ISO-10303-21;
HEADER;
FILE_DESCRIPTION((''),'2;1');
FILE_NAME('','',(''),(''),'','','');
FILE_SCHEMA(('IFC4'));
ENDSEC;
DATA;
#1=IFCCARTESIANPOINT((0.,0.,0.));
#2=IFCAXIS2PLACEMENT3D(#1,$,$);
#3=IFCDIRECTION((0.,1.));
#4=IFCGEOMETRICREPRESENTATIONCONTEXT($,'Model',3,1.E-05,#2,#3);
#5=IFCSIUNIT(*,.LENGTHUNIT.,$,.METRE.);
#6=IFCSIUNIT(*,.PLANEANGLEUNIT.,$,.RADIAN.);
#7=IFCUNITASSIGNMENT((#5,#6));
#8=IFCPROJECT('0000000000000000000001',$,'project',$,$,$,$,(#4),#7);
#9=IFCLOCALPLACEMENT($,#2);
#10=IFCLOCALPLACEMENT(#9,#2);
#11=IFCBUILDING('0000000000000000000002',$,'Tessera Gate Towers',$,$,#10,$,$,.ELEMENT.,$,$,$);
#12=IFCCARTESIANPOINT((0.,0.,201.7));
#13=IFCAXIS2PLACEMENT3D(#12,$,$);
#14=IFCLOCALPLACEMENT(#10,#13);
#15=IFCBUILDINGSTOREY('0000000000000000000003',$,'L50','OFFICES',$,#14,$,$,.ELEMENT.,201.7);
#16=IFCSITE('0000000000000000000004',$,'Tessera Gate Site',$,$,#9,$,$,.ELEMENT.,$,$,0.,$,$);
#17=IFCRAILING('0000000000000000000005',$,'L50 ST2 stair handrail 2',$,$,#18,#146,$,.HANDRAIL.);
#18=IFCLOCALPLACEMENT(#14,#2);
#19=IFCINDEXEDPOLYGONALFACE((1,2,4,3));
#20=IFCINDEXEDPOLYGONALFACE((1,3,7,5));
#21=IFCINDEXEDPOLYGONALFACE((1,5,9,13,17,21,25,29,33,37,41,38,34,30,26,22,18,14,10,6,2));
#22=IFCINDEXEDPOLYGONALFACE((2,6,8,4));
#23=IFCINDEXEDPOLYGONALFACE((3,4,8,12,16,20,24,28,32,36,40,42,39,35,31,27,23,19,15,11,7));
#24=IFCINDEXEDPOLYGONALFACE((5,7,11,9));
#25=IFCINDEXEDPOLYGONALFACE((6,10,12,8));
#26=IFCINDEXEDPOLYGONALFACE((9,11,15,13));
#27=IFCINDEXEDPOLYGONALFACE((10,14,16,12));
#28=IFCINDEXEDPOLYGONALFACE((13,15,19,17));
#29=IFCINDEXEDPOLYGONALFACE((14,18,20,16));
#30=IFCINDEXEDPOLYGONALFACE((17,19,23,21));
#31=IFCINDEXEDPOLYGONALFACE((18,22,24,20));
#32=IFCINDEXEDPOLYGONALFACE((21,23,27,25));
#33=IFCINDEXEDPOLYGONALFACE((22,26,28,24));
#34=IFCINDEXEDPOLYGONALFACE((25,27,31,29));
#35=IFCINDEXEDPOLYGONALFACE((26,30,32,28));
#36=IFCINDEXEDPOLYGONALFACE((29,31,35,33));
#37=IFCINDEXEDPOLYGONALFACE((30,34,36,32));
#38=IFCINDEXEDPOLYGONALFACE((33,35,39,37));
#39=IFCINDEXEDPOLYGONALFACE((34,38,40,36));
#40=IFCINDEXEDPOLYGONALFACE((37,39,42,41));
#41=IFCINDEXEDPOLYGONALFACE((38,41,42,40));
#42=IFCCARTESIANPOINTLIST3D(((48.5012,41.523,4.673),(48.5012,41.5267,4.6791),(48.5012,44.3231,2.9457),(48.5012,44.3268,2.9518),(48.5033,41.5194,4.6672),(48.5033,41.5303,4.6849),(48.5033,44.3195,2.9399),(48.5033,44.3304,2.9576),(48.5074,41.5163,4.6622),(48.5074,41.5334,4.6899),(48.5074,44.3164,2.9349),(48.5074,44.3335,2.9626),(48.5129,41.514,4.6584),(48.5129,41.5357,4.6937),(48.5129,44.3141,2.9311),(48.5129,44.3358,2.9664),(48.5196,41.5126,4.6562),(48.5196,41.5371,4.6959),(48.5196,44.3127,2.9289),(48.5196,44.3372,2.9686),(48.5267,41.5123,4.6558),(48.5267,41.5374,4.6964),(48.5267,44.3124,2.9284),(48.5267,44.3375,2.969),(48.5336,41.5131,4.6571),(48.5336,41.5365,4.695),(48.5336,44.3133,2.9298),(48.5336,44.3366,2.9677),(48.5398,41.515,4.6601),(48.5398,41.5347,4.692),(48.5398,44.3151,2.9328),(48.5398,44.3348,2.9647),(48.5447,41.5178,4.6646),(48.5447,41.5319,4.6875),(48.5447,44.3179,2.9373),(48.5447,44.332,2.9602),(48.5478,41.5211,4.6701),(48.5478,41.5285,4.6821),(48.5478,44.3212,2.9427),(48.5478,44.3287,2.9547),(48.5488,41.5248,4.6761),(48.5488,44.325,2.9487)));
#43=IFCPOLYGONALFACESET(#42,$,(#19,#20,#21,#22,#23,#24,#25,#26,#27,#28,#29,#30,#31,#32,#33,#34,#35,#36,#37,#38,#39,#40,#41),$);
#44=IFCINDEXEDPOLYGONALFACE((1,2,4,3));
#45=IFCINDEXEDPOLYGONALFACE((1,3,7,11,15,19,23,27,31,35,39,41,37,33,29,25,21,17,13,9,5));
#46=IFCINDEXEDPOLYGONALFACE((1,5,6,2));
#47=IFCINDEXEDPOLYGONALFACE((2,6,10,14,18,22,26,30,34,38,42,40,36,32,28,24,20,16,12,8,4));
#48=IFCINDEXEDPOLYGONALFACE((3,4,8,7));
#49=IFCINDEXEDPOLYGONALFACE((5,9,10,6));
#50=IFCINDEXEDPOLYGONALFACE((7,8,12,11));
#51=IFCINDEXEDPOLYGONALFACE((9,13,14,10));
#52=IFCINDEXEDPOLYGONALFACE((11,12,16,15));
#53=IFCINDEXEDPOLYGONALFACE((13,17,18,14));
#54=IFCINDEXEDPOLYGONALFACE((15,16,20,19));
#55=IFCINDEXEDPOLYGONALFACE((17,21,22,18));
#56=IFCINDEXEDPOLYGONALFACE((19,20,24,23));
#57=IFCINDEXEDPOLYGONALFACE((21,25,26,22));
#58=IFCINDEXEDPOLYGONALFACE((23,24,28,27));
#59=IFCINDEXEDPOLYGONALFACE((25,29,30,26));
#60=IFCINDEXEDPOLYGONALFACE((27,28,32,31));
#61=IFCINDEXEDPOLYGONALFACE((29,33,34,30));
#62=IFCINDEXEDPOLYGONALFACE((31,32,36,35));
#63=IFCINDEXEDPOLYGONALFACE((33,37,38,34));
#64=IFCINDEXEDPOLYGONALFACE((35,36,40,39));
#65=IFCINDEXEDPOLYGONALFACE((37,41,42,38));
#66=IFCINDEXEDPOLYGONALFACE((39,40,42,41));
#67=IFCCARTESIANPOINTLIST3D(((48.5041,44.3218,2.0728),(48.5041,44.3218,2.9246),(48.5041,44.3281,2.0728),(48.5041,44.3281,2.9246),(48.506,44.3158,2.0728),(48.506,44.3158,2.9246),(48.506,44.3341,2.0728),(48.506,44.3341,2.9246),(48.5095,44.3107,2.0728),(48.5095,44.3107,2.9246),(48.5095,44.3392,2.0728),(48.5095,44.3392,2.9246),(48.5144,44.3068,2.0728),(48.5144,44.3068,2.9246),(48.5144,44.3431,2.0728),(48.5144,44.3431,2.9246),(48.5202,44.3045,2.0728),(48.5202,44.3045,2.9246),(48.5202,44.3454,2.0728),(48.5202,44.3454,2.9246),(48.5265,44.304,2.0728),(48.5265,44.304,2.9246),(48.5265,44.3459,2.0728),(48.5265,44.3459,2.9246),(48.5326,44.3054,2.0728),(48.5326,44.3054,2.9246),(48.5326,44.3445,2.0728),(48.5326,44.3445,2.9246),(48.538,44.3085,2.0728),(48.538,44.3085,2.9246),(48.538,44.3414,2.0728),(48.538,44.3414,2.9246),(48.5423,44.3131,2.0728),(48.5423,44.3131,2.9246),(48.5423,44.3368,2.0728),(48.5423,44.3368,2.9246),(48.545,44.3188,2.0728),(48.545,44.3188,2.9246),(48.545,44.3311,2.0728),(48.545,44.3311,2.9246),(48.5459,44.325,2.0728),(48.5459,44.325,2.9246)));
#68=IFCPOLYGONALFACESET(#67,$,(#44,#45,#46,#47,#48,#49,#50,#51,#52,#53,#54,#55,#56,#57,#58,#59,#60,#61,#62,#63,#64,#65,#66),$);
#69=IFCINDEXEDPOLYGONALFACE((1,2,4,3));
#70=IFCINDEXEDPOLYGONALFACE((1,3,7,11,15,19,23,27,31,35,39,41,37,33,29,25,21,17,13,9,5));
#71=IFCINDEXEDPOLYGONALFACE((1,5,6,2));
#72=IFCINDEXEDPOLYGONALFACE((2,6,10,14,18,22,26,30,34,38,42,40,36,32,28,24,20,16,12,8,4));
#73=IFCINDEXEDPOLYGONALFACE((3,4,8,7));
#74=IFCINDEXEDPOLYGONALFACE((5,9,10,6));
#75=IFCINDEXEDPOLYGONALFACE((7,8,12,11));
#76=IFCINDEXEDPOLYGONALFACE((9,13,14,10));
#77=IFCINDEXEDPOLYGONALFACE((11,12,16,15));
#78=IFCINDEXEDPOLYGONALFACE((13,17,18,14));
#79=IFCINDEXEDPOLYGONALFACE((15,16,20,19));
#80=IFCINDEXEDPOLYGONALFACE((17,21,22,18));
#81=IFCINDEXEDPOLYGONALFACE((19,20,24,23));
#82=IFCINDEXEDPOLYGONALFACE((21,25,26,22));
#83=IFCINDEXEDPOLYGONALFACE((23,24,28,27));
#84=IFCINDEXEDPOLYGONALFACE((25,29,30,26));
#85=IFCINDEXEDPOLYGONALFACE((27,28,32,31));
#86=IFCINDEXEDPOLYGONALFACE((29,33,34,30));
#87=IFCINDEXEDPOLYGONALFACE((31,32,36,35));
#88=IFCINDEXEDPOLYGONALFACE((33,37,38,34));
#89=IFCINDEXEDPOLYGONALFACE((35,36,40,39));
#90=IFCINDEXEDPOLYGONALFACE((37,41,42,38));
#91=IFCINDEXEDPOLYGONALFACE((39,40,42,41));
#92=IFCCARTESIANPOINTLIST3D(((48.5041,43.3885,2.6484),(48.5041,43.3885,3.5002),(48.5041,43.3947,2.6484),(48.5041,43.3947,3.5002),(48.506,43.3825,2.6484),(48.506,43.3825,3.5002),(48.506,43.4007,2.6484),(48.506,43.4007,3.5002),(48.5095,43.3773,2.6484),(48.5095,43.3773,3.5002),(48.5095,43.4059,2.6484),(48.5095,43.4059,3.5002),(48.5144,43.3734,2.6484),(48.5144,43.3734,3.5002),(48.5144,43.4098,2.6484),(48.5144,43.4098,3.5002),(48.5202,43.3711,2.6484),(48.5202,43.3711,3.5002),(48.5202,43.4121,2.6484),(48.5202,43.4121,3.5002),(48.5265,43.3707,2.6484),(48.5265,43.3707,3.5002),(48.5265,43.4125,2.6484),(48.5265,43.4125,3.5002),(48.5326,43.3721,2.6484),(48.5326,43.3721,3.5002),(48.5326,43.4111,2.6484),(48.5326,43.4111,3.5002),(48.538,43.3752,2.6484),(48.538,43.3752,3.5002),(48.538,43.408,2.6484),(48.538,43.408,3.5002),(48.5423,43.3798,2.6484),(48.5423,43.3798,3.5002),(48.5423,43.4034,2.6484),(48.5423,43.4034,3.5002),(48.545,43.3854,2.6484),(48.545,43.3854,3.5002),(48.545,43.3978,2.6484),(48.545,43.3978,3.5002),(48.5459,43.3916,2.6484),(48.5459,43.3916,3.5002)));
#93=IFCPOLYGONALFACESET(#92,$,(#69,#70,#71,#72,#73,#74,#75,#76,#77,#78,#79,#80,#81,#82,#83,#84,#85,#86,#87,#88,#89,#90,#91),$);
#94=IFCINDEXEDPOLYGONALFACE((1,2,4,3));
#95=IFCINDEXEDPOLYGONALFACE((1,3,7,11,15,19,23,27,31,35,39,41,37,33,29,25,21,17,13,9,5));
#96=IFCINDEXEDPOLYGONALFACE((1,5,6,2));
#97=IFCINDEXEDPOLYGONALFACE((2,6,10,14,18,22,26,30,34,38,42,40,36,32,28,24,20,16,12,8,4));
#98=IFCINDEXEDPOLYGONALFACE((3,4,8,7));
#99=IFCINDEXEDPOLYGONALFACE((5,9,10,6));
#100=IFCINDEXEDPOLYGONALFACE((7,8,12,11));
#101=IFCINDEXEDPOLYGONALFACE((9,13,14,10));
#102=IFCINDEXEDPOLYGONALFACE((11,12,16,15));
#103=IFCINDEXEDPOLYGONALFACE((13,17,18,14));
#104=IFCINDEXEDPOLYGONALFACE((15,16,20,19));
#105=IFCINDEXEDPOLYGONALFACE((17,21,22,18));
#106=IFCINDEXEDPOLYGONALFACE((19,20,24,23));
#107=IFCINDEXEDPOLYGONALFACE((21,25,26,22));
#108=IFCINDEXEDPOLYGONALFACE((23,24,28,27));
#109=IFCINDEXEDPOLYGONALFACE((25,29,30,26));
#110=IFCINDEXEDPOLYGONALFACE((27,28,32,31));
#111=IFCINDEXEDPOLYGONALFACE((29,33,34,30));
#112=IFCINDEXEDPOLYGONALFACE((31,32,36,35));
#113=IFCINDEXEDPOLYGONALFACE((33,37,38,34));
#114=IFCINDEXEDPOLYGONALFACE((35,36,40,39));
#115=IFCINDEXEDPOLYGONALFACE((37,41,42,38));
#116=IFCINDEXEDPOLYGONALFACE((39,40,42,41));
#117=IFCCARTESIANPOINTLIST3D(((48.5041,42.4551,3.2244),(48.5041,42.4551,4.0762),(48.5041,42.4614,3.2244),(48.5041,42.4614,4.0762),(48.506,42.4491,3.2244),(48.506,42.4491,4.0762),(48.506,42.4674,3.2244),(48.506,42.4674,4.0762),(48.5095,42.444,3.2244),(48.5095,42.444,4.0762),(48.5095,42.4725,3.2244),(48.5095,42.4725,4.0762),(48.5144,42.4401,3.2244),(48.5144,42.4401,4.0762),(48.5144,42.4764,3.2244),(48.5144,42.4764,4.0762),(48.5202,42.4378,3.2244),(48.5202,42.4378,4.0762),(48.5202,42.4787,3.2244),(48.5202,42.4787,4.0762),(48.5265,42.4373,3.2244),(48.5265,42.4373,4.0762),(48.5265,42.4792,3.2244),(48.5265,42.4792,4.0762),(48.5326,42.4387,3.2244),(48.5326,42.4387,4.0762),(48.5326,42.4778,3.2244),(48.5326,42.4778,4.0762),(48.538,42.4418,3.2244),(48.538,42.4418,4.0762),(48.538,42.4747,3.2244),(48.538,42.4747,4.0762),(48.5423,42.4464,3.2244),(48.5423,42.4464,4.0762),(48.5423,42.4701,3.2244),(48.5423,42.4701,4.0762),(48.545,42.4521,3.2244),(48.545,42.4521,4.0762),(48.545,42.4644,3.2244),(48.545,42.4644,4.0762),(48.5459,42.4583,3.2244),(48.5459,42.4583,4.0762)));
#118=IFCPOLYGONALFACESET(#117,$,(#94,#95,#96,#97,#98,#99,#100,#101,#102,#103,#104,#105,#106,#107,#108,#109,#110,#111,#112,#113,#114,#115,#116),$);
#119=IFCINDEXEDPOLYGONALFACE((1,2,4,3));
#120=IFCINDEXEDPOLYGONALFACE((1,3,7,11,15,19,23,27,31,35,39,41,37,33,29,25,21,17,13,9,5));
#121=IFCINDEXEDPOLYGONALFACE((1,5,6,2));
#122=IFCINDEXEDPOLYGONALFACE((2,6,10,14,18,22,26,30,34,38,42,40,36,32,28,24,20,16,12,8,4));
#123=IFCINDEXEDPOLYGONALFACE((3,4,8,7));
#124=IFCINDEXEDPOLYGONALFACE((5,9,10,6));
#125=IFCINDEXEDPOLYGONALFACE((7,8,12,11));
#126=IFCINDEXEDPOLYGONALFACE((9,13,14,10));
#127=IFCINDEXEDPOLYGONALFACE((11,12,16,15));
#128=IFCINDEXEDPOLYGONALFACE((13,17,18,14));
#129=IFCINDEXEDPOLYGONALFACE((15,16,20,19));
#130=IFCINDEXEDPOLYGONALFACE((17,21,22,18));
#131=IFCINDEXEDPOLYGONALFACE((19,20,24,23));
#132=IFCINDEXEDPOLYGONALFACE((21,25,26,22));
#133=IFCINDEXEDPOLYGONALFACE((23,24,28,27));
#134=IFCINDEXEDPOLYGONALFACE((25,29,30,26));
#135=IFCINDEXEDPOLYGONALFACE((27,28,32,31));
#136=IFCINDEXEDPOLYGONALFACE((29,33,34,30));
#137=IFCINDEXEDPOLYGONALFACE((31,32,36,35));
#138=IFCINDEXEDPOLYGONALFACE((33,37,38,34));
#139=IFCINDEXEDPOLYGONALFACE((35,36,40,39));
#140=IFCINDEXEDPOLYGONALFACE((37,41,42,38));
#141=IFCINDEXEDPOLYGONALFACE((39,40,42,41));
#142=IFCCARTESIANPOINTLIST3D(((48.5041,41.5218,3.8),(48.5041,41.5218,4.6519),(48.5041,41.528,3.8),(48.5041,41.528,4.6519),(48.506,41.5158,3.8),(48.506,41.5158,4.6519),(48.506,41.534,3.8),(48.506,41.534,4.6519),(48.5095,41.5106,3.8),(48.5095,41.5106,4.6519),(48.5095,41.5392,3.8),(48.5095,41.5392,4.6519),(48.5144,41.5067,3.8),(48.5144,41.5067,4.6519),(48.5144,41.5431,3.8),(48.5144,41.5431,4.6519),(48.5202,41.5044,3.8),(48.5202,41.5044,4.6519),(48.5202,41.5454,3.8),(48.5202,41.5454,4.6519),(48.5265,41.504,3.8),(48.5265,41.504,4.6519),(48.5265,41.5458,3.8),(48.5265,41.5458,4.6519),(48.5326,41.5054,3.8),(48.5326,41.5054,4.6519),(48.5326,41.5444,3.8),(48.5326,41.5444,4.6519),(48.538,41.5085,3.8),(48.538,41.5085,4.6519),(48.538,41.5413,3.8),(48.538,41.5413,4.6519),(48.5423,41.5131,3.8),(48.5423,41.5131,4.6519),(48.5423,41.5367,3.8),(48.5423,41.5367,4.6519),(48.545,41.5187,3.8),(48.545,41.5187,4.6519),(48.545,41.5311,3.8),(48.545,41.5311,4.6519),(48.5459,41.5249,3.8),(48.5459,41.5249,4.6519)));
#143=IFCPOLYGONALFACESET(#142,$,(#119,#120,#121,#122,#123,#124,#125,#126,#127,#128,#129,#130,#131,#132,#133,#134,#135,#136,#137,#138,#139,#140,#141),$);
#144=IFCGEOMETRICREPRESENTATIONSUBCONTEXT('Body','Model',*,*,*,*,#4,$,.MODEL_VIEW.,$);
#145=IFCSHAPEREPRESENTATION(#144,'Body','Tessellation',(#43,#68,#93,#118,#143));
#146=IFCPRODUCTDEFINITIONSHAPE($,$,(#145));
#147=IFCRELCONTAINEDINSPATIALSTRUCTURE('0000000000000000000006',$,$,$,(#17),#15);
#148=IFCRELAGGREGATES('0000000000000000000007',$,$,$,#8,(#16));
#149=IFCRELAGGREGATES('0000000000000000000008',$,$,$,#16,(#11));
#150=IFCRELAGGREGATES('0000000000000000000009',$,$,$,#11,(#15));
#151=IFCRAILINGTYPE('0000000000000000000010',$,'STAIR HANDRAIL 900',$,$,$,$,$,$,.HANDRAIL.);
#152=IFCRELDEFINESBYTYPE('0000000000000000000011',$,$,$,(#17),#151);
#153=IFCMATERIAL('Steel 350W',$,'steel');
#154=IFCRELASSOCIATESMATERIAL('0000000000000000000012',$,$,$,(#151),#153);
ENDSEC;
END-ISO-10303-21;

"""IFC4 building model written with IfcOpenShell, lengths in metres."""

from ifc_helpers import new_model, si_unit, direction, frame, origin, origin_2d, place, context, subcontext, project, spatial, circle, extrude, material, type_object, element, save


model = new_model("IFC4")

# Units and contexts
model_context = context("Model", 3, precision=1e-05, world=origin(), true_north=direction((0.0, 1.0)))
body_context = subcontext(model_context, "Body", "Model", "MODEL_VIEW")
ifc_project = project(units=[si_unit("LENGTHUNIT", "METRE"), si_unit("PLANEANGLEUNIT", "RADIAN")], contexts=[model_context])

# Site, building, storey
site_placement = place(None, origin())
site = spatial("IfcSite", under=ifc_project, at=site_placement, Name="Tessera Gate Site", CompositionType="ELEMENT", RefElevation=0.0)
building_placement = place(site_placement, origin())
building = spatial("IfcBuilding", under=site, at=building_placement, Name="Tessera Gate Towers", CompositionType="ELEMENT")
storey_placement = place(building_placement, frame((0.0, 0.0, 201.7)))
storey = spatial("IfcBuildingStorey", under=building, at=storey_placement, Name="L50", Description="OFFICES", CompositionType="ELEMENT", Elevation=201.7)

# Railing
ifc_material_1 = material(Name="Steel 350W", Category="steel")
railing_type_1 = type_object("IfcRailingType", Name="STAIR HANDRAIL 900", PredefinedType="HANDRAIL", material=ifc_material_1)
railing_1_placement = place(storey_placement, frame((48.5249, 44.325, 2.0728)))
element("IfcRailing", 1, at=railing_1_placement, inside=storey, type_object=railing_type_1, Name="L50 ST2 stair handrail 2", PredefinedType="HANDRAIL", context=body_context, shape_type="SweptSolid", body=[
    extrude(circle(Radius=0.0239, at=origin_2d()), frame((0.0, 0.0, 0.876), z_axis=(0.0, -0.85109, 0.52502), x_axis=(1.0, 0.0, 0.0)), (0.0, 0.0, 1.0), 3.29),
    extrude(circle(Radius=0.021, at=origin_2d()), origin(), (0.0, 0.0, 1.0), 0.8518),
    extrude(circle(Radius=0.021, at=origin_2d()), frame((0.0, -0.9333, 0.5757)), (0.0, 0.0, 1.0), 0.8518),
    extrude(circle(Radius=0.021, at=origin_2d()), frame((0.0, -1.8667, 1.1516)), (0.0, 0.0, 1.0), 0.8518),
    extrude(circle(Radius=0.021, at=origin_2d()), frame((0.0, -2.8, 1.7273)), (0.0, 0.0, 1.0), 0.8518),
])

save(model, "model.ifc")
